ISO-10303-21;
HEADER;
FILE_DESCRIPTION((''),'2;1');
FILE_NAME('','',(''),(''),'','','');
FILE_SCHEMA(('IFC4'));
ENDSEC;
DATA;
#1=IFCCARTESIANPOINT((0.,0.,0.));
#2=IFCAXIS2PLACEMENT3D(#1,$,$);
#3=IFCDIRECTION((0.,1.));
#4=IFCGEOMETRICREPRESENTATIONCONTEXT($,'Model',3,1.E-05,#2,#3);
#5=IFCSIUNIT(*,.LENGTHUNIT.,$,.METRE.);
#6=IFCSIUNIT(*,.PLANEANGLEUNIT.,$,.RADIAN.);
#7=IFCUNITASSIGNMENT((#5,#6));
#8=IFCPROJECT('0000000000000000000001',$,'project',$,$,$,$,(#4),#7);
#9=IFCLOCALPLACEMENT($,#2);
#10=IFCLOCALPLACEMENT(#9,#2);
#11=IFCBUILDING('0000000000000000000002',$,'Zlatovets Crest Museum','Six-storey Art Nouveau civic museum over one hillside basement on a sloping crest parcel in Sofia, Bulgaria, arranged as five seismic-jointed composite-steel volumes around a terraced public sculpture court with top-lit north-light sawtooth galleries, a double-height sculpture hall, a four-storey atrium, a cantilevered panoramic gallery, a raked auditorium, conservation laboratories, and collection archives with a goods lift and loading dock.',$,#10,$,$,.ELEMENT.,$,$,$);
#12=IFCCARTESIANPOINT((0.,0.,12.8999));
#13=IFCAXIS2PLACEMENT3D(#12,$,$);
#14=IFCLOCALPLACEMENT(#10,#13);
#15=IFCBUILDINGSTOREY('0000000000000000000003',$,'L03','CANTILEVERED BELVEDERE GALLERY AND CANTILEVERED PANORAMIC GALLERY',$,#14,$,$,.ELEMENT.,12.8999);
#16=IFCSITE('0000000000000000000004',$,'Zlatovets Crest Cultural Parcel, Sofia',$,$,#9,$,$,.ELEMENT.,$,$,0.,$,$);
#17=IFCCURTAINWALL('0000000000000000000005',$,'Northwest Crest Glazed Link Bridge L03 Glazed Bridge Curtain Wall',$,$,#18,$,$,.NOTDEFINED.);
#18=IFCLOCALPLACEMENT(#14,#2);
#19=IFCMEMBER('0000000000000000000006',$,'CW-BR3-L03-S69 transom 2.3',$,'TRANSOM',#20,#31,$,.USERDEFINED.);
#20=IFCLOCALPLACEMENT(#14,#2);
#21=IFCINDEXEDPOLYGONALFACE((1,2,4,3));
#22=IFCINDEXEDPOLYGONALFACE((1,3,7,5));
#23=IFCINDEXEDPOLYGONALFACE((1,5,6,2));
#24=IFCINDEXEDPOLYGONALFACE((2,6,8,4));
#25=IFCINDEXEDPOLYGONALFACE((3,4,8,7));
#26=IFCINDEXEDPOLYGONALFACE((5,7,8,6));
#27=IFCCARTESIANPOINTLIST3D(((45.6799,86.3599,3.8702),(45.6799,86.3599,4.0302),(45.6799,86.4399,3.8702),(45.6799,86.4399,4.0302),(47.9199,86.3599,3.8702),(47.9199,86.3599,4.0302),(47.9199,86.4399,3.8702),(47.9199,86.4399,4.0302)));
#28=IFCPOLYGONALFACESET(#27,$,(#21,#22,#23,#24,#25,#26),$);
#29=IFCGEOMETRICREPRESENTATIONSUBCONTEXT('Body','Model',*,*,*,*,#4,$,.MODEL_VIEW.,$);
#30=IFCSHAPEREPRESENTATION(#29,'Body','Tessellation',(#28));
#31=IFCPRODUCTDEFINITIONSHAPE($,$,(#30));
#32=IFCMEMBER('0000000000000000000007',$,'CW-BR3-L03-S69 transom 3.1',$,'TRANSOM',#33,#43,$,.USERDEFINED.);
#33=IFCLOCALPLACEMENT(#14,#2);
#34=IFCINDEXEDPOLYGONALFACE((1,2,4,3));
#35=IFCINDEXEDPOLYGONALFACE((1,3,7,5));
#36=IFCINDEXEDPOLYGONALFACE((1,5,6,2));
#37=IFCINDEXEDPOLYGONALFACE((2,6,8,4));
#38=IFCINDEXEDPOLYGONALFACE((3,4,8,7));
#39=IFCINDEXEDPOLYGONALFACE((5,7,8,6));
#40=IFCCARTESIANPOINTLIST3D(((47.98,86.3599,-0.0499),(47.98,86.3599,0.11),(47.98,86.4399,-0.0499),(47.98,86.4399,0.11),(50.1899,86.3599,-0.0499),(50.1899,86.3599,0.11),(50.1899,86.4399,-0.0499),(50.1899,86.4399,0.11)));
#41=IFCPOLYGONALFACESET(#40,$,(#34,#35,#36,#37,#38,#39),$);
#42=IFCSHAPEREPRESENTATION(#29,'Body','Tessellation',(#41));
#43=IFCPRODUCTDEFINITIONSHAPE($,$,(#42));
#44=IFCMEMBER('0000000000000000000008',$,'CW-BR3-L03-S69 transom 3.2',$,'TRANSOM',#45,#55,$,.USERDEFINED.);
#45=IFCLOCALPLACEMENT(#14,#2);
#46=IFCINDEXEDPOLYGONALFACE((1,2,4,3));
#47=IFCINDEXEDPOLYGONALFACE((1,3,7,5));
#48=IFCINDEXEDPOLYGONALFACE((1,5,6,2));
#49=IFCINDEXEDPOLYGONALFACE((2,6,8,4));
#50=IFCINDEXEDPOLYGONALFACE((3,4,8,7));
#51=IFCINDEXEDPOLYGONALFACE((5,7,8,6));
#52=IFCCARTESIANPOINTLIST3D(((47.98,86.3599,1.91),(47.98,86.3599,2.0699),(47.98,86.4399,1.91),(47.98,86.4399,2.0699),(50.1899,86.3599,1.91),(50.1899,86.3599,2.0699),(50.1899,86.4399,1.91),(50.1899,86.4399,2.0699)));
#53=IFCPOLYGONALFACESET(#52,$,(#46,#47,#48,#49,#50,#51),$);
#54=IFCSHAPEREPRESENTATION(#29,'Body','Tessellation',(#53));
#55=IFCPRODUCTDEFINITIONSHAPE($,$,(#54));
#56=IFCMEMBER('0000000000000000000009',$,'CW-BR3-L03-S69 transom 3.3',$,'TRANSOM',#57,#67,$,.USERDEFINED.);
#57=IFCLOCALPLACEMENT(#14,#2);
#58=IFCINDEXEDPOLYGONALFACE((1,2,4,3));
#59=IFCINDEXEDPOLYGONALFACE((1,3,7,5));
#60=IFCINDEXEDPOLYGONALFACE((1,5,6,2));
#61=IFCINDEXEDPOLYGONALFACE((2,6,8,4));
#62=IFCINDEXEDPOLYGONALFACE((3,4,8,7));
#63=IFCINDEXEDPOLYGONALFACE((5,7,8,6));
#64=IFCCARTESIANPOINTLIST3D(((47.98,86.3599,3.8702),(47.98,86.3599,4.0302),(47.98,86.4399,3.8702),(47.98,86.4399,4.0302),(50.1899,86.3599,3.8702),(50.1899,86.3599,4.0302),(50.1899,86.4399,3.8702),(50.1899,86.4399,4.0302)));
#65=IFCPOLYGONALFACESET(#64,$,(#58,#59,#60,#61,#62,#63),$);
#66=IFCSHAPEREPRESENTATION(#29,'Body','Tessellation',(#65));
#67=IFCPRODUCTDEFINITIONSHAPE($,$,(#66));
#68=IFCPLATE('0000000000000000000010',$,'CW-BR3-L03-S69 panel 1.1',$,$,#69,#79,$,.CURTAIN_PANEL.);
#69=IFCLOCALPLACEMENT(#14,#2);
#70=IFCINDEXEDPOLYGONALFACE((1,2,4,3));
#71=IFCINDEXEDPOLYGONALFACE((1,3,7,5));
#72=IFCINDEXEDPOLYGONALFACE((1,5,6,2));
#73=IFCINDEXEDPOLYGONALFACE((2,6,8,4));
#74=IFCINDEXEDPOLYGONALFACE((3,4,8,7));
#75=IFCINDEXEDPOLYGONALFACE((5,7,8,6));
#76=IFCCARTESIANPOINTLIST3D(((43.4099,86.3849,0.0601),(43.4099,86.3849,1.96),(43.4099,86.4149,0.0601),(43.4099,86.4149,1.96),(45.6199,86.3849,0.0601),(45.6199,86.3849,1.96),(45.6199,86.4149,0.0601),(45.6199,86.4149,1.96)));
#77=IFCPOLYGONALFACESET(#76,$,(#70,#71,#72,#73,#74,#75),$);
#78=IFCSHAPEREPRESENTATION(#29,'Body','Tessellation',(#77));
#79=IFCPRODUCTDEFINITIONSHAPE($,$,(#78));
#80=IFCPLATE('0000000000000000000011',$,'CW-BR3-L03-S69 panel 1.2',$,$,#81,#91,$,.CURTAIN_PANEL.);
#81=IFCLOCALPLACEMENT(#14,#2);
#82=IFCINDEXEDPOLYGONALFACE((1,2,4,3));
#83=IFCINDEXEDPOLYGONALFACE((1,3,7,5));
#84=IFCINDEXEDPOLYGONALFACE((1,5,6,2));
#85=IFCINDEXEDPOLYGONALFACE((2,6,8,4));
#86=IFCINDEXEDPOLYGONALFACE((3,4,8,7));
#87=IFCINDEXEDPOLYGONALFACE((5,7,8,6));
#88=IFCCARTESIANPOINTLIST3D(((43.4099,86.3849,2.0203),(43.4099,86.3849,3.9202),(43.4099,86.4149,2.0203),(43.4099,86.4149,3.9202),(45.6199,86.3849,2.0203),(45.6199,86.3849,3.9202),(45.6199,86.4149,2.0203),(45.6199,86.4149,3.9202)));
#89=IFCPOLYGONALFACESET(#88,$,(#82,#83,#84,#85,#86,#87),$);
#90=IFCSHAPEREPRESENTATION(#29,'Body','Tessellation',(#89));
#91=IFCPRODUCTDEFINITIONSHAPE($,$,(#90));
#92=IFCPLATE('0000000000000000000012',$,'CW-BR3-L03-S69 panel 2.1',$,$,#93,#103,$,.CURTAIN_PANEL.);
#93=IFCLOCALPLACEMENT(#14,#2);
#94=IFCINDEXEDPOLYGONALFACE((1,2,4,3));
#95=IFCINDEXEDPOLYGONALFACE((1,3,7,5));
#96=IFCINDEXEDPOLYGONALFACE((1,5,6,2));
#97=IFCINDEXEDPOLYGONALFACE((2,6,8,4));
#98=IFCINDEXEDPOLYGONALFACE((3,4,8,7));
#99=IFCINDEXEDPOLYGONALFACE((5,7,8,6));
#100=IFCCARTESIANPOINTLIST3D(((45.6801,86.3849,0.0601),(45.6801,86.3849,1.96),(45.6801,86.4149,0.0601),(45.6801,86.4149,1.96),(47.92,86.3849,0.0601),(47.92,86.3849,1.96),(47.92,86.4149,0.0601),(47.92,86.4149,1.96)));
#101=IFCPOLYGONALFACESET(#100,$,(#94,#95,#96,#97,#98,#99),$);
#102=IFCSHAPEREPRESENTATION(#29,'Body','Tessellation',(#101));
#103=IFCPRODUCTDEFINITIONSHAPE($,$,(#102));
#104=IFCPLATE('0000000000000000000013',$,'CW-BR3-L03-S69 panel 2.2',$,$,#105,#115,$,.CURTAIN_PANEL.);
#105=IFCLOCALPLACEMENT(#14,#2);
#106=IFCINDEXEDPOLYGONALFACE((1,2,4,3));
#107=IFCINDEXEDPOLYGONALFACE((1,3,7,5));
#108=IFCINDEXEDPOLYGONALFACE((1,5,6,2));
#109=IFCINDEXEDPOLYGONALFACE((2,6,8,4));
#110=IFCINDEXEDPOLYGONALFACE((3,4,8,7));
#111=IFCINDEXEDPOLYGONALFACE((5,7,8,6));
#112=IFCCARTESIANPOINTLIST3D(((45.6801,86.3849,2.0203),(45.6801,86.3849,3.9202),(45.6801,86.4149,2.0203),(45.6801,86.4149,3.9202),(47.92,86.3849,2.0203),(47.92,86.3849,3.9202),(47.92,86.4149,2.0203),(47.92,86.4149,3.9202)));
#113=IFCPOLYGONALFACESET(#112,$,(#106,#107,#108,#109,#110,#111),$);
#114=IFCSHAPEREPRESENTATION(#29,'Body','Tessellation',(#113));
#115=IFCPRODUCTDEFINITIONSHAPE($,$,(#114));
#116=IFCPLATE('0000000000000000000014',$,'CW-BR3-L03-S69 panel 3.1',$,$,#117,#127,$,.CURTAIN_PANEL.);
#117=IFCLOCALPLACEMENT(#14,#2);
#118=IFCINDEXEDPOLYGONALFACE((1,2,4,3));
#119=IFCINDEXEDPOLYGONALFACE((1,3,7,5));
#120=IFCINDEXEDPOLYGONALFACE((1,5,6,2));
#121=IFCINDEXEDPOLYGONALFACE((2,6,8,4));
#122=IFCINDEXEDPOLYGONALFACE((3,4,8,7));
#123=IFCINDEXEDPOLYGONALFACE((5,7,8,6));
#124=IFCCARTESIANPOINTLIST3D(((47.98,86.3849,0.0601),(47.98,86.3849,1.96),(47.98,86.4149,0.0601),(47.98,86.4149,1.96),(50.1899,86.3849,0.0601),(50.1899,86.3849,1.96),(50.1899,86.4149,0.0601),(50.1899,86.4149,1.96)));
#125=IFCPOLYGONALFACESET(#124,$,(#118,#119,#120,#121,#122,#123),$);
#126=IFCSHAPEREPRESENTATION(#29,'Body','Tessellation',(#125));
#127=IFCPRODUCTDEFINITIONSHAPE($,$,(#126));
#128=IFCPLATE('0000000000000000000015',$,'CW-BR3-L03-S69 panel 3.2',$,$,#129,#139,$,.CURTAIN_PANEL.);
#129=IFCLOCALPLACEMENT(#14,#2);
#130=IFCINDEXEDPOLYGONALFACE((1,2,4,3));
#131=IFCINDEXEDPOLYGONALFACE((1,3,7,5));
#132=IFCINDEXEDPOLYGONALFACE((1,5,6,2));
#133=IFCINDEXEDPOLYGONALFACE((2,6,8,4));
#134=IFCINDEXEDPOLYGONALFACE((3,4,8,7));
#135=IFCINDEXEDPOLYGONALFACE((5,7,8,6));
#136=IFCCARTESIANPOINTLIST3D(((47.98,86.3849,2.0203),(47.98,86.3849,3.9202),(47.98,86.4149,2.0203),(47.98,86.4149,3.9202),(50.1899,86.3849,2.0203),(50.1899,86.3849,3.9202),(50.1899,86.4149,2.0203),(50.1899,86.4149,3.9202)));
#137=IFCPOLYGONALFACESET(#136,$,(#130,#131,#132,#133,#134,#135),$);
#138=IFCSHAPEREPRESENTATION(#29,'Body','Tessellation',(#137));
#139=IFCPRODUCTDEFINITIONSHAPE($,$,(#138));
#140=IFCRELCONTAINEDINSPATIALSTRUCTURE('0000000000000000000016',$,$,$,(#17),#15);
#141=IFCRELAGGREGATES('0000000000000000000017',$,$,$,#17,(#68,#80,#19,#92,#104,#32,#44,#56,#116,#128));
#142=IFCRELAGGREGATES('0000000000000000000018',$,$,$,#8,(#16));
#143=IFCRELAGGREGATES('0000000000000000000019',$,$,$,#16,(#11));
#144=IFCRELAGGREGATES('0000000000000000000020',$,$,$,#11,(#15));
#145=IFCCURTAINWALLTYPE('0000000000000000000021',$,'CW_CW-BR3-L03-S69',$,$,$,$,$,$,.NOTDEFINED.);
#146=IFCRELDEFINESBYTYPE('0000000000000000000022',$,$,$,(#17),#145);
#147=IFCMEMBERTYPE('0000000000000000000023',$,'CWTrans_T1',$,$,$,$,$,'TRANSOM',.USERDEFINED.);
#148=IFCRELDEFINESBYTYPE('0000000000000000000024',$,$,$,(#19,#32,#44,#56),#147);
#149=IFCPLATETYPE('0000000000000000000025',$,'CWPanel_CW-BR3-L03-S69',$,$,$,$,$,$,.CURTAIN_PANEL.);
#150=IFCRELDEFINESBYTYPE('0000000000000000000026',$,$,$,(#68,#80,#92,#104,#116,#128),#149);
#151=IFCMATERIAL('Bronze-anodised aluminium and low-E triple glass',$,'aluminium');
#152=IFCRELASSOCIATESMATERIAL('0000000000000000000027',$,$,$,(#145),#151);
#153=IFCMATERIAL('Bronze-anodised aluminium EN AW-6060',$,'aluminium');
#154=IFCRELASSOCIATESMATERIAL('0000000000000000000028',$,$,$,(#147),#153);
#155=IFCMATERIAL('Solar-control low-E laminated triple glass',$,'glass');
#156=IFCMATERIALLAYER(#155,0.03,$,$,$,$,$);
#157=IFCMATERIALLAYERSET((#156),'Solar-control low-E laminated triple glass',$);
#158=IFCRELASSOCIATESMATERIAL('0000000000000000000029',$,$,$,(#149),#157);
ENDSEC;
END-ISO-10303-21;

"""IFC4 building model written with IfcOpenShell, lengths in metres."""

from ifc_helpers import new_model, si_unit, direction, frame, origin, origin_2d, place, context, subcontext, project, spatial, rectangle, extrude, material, layer, layer_set, material_profile, profile_set, type_object, element, aggregate, save


model = new_model("IFC4")

# Units and contexts
model_context = context("Model", 3, precision=1e-05, world=origin(), true_north=direction((0.0, 1.0)))
body_context = subcontext(model_context, "Body", "Model", "MODEL_VIEW")
ifc_project = project(units=[si_unit("LENGTHUNIT", "METRE"), si_unit("PLANEANGLEUNIT", "RADIAN")], contexts=[model_context])

# Site, building, storey
site_placement = place(None, origin())
site = spatial("IfcSite", under=ifc_project, at=site_placement, Name="Zlatovets Crest Cultural Parcel, Sofia", CompositionType="ELEMENT", RefElevation=0.0)
building_placement = place(site_placement, origin())
building = spatial("IfcBuilding", under=site, at=building_placement, Name="Zlatovets Crest Museum", Description="Six-storey Art Nouveau civic museum over one hillside basement on a sloping crest parcel in Sofia, Bulgaria, arranged as five seismic-jointed composite-steel volumes around a terraced public sculpture court with top-lit north-light sawtooth galleries, a double-height sculpture hall, a four-storey atrium, a cantilevered panoramic gallery, a raked auditorium, conservation laboratories, and collection archives with a goods lift and loading dock.", CompositionType="ELEMENT")
storey_placement = place(building_placement, frame((0.0, 0.0, 12.8999)))
storey = spatial("IfcBuildingStorey", under=building, at=storey_placement, Name="L03", Description="CANTILEVERED BELVEDERE GALLERY AND CANTILEVERED PANORAMIC GALLERY", CompositionType="ELEMENT", Elevation=12.8999)

# Curtain wall, members, plates
ifc_material_1 = material(Name="Bronze-anodised aluminium and low-E triple glass", Category="aluminium")
curtain_wall_type = type_object("IfcCurtainWallType", Name="CW_CW-BR3-L03-S69", PredefinedType="NOTDEFINED", material=ifc_material_1)
curtain_wall_placement = place(storey_placement, origin())
curtain_wall = element("IfcCurtainWall", 1, at=curtain_wall_placement, inside=storey, type_object=curtain_wall_type, Name="Northwest Crest Glazed Link Bridge L03 Glazed Bridge Curtain Wall", PredefinedType="NOTDEFINED")
ifc_material_2 = material(Name="Bronze-anodised aluminium EN AW-6060", Category="aluminium")
ifc_material_profile_1 = material_profile(ifc_material_2, rectangle(XDim=0.0801, YDim=0.1599, at=origin_2d()), Name="ALU 80x160")
ifc_profile_set_1 = profile_set([ifc_material_profile_1], Name="Bronze-anodised aluminium EN AW-6060")
member_type_1 = type_object("IfcMemberType", Name="CWTrans_T1", ElementType="TRANSOM", PredefinedType="USERDEFINED", material=ifc_profile_set_1)
member_1_placement = place(storey_placement, frame((45.6799, 86.3999, 3.9502), z_axis=(1.0, 0.0, 0.0), x_axis=(0.0, 1.0, 0.0)))
member_1 = element("IfcMember", 2, at=member_1_placement, type_object=member_type_1, Name="CW-BR3-L03-S69 transom 2.3", ObjectType="TRANSOM", PredefinedType="USERDEFINED", context=body_context, shape_type="SweptSolid", body=[
    extrude(rectangle(XDim=0.0801, YDim=0.1599, at=origin_2d()), origin(), (0.0, 0.0, 1.0), 2.24),
])
member_2_placement = place(storey_placement, frame((47.98, 86.3999, 0.03), z_axis=(1.0, 0.0, 0.0), x_axis=(0.0, 1.0, 0.0)))
member_2 = element("IfcMember", 3, at=member_2_placement, type_object=member_type_1, Name="CW-BR3-L03-S69 transom 3.1", ObjectType="TRANSOM", PredefinedType="USERDEFINED", context=body_context, shape_type="SweptSolid", body=[
    extrude(rectangle(XDim=0.0801, YDim=0.1599, at=origin_2d()), origin(), (0.0, 0.0, 1.0), 2.21),
])
member_3_placement = place(storey_placement, frame((47.98, 86.3999, 1.99), z_axis=(1.0, 0.0, 0.0), x_axis=(0.0, 1.0, 0.0)))
member_3 = element("IfcMember", 4, at=member_3_placement, type_object=member_type_1, Name="CW-BR3-L03-S69 transom 3.2", ObjectType="TRANSOM", PredefinedType="USERDEFINED", context=body_context, shape_type="SweptSolid", body=[
    extrude(rectangle(XDim=0.0801, YDim=0.1599, at=origin_2d()), origin(), (0.0, 0.0, 1.0), 2.21),
])
member_4_placement = place(storey_placement, frame((47.98, 86.3999, 3.9502), z_axis=(1.0, 0.0, 0.0), x_axis=(0.0, 1.0, 0.0)))
member_4 = element("IfcMember", 5, at=member_4_placement, type_object=member_type_1, Name="CW-BR3-L03-S69 transom 3.3", ObjectType="TRANSOM", PredefinedType="USERDEFINED", context=body_context, shape_type="SweptSolid", body=[
    extrude(rectangle(XDim=0.0801, YDim=0.1599, at=origin_2d()), origin(), (0.0, 0.0, 1.0), 2.21),
])
ifc_material_3 = material(Name="Solar-control low-E laminated triple glass", Category="glass")
ifc_layer = layer(ifc_material_3, 0.03)
ifc_layer_set = layer_set([ifc_layer], Name="Solar-control low-E laminated triple glass")
plate_type = type_object("IfcPlateType", Name="CWPanel_CW-BR3-L03-S69", PredefinedType="CURTAIN_PANEL", material=ifc_layer_set)
plate_1_placement = place(storey_placement, frame((44.5149, 86.3999, 0.0601), z_axis=(0.0, 0.0, 1.0), x_axis=(1.0, 0.0, 0.0)))
plate_1 = element("IfcPlate", 6, at=plate_1_placement, type_object=plate_type, Name="CW-BR3-L03-S69 panel 1.1", PredefinedType="CURTAIN_PANEL", context=body_context, shape_type="SweptSolid", body=[
    extrude(rectangle(XDim=2.21, YDim=0.03, at=origin_2d()), origin(), (0.0, 0.0, 1.0), 1.8999),
])
plate_2_placement = place(storey_placement, frame((44.5149, 86.3999, 2.0203), z_axis=(0.0, 0.0, 1.0), x_axis=(1.0, 0.0, 0.0)))
plate_2 = element("IfcPlate", 7, at=plate_2_placement, type_object=plate_type, Name="CW-BR3-L03-S69 panel 1.2", PredefinedType="CURTAIN_PANEL", context=body_context, shape_type="SweptSolid", body=[
    extrude(rectangle(XDim=2.21, YDim=0.03, at=origin_2d()), origin(), (0.0, 0.0, 1.0), 1.8999),
])
plate_3_placement = place(storey_placement, frame((46.8, 86.3999, 0.0601), z_axis=(0.0, 0.0, 1.0), x_axis=(1.0, 0.0, 0.0)))
plate_3 = element("IfcPlate", 8, at=plate_3_placement, type_object=plate_type, Name="CW-BR3-L03-S69 panel 2.1", PredefinedType="CURTAIN_PANEL", context=body_context, shape_type="SweptSolid", body=[
    extrude(rectangle(XDim=2.24, YDim=0.03, at=origin_2d()), origin(), (0.0, 0.0, 1.0), 1.8999),
])
plate_4_placement = place(storey_placement, frame((46.8, 86.3999, 2.0203), z_axis=(0.0, 0.0, 1.0), x_axis=(1.0, 0.0, 0.0)))
plate_4 = element("IfcPlate", 9, at=plate_4_placement, type_object=plate_type, Name="CW-BR3-L03-S69 panel 2.2", PredefinedType="CURTAIN_PANEL", context=body_context, shape_type="SweptSolid", body=[
    extrude(rectangle(XDim=2.24, YDim=0.03, at=origin_2d()), origin(), (0.0, 0.0, 1.0), 1.8999),
])
plate_5_placement = place(storey_placement, frame((49.085, 86.3999, 0.0601), z_axis=(0.0, 0.0, 1.0), x_axis=(1.0, 0.0, 0.0)))
plate_5 = element("IfcPlate", 10, at=plate_5_placement, type_object=plate_type, Name="CW-BR3-L03-S69 panel 3.1", PredefinedType="CURTAIN_PANEL", context=body_context, shape_type="SweptSolid", body=[
    extrude(rectangle(XDim=2.21, YDim=0.03, at=origin_2d()), origin(), (0.0, 0.0, 1.0), 1.8999),
])
plate_6_placement = place(storey_placement, frame((49.085, 86.3999, 2.0203), z_axis=(0.0, 0.0, 1.0), x_axis=(1.0, 0.0, 0.0)))
plate_6 = element("IfcPlate", 11, at=plate_6_placement, type_object=plate_type, Name="CW-BR3-L03-S69 panel 3.2", PredefinedType="CURTAIN_PANEL", context=body_context, shape_type="SweptSolid", body=[
    extrude(rectangle(XDim=2.21, YDim=0.03, at=origin_2d()), origin(), (0.0, 0.0, 1.0), 1.8999),
])
aggregate(curtain_wall, [plate_1, plate_2, member_1, plate_3, plate_4, member_2, member_3, member_4, plate_5, plate_6])

save(model, "model.ifc")
